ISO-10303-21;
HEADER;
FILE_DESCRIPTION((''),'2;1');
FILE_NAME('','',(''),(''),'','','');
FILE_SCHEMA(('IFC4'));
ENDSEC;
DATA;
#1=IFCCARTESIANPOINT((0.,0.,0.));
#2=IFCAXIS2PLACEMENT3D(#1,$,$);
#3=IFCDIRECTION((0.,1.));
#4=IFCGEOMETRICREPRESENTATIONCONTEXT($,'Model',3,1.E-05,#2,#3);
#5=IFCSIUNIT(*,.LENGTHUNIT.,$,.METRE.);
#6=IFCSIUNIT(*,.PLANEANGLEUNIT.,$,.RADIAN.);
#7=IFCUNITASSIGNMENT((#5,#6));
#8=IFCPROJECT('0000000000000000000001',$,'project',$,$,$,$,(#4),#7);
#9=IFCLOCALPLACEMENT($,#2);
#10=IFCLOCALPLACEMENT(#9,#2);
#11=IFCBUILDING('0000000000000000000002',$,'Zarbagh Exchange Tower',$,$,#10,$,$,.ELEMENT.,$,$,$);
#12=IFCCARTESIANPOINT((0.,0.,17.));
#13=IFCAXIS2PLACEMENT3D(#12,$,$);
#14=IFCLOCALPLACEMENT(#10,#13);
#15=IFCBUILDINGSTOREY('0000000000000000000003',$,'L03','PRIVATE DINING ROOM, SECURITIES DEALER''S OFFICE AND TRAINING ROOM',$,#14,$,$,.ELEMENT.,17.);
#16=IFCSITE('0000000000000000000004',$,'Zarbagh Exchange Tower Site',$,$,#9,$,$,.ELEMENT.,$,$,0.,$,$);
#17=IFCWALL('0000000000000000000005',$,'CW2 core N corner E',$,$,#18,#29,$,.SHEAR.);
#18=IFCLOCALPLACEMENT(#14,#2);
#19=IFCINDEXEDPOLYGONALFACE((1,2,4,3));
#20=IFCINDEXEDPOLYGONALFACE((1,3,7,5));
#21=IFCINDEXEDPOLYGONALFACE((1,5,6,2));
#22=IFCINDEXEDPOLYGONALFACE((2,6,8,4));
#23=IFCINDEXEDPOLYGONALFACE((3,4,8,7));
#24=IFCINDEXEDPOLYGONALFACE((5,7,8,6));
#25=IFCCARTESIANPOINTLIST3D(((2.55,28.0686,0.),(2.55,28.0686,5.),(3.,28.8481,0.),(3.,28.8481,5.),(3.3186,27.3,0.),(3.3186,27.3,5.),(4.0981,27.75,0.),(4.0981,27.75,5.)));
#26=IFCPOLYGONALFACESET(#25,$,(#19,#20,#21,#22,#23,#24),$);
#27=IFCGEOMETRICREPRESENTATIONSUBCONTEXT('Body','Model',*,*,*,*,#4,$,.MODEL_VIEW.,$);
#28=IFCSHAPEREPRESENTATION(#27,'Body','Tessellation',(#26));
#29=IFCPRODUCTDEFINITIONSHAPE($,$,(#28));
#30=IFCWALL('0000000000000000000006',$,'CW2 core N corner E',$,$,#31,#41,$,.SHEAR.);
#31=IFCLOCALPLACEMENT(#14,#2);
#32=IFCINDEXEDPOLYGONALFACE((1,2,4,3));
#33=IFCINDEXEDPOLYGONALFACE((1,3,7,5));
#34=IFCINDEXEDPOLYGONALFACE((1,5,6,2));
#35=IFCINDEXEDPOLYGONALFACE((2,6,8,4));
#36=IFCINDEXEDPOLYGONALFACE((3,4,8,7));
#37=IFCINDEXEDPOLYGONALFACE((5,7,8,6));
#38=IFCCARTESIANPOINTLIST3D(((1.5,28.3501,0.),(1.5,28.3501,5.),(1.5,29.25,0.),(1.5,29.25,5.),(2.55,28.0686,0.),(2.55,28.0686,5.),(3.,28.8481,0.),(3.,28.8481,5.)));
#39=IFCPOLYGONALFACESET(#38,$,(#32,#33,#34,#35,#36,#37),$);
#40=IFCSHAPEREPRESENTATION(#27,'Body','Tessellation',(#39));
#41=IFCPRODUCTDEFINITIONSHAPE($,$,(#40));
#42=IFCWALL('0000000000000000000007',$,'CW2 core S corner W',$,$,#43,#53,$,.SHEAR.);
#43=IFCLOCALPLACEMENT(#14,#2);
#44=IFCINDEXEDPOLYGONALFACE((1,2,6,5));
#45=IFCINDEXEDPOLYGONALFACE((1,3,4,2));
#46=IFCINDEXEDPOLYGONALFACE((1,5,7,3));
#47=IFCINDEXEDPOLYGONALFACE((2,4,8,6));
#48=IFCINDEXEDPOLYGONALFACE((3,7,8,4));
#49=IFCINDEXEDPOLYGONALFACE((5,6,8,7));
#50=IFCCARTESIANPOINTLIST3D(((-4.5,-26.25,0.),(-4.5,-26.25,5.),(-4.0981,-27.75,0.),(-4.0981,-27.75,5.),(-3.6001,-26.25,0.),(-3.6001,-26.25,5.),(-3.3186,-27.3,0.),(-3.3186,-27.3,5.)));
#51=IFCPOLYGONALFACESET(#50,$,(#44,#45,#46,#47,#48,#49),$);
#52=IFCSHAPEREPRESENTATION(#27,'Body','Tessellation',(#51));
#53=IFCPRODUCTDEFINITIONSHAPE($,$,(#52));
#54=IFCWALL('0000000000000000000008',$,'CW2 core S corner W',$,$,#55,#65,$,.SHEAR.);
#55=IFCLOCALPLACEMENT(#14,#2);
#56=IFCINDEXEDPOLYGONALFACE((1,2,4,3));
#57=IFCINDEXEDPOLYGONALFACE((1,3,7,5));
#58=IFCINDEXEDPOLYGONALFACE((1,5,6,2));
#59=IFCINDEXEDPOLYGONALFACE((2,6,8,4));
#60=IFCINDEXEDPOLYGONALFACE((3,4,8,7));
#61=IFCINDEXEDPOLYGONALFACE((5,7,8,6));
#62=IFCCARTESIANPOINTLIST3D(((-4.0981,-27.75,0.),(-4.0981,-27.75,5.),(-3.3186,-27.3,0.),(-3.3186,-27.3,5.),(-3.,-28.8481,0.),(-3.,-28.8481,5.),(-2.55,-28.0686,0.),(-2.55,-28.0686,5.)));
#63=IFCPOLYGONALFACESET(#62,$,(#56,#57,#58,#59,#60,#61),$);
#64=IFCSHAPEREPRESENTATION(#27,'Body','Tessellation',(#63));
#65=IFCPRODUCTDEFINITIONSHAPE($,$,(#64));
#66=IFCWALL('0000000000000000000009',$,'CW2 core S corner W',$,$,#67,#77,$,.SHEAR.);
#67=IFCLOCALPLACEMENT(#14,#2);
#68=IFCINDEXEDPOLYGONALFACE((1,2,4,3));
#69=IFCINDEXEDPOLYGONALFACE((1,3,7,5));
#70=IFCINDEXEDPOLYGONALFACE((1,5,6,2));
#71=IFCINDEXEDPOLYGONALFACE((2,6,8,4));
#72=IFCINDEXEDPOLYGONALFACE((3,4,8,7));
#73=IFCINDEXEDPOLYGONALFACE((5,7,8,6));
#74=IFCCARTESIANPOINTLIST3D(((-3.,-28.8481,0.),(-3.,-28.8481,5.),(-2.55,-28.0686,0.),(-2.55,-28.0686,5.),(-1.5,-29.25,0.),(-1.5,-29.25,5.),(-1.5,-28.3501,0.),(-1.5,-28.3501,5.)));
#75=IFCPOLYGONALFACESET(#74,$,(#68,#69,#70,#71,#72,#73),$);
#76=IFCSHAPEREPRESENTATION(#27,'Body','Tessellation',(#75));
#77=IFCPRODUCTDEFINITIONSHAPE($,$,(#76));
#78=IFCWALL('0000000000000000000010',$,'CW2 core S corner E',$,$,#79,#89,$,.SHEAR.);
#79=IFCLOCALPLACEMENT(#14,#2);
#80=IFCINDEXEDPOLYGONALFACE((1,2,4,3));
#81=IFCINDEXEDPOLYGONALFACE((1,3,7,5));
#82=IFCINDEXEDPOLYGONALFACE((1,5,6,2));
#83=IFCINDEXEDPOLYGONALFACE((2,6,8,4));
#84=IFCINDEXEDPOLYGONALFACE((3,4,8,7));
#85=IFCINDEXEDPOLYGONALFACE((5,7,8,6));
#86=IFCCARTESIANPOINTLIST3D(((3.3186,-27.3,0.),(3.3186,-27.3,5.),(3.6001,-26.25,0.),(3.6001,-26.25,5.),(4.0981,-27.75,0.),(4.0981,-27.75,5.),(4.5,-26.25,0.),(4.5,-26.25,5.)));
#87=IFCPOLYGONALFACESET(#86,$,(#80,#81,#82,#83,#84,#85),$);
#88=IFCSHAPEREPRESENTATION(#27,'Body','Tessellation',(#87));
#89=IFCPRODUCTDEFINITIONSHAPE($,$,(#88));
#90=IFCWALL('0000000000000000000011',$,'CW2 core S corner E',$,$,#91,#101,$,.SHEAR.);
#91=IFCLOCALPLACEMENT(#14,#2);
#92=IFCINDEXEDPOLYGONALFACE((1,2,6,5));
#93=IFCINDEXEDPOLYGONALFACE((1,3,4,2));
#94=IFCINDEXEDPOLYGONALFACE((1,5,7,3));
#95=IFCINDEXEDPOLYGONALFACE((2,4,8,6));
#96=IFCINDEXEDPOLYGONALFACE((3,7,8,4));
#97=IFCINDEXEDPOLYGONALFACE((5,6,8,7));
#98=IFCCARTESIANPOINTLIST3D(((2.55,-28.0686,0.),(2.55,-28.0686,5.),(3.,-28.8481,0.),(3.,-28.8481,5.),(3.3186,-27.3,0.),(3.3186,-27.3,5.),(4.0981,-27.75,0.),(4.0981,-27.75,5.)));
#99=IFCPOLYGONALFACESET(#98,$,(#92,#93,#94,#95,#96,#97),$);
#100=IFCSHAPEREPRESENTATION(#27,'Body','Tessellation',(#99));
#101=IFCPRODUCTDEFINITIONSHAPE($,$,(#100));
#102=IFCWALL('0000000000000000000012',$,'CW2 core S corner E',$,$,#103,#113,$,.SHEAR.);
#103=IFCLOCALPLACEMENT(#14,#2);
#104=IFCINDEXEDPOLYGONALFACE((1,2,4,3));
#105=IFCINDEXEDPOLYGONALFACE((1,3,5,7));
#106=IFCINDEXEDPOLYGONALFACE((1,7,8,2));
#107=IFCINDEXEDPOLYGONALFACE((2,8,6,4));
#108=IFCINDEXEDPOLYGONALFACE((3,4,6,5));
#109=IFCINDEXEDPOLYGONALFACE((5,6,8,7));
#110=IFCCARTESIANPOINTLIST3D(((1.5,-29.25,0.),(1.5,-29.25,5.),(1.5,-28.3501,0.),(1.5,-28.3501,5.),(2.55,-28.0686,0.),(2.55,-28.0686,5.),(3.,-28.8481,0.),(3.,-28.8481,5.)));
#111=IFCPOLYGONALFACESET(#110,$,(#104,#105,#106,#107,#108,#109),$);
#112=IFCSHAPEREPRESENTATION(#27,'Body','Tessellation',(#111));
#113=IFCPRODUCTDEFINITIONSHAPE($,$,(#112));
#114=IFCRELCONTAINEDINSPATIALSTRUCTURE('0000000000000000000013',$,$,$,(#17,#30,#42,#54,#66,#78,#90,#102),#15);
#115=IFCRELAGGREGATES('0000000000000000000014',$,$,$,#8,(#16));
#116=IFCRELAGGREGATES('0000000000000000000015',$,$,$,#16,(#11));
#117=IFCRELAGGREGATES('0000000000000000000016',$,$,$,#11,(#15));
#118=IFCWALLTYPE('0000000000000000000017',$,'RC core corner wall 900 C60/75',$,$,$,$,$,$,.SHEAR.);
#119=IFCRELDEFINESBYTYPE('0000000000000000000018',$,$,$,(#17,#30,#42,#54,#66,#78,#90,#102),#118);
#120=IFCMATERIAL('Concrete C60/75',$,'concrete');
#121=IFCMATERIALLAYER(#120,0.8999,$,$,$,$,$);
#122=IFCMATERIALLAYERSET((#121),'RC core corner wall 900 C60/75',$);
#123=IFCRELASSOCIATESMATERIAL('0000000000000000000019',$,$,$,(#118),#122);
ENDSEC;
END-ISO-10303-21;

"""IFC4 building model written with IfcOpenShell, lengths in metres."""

from ifc_helpers import new_model, si_unit, direction, frame, origin, place, context, subcontext, project, spatial, polyline, outline, extrude, material, layer, layer_set, type_object, element, save


model = new_model("IFC4")

# Units and contexts
model_context = context("Model", 3, precision=1e-05, world=origin(), true_north=direction((0.0, 1.0)))
body_context = subcontext(model_context, "Body", "Model", "MODEL_VIEW")
ifc_project = project(units=[si_unit("LENGTHUNIT", "METRE"), si_unit("PLANEANGLEUNIT", "RADIAN")], contexts=[model_context])

# Site, building, storey
site_placement = place(None, origin())
site = spatial("IfcSite", under=ifc_project, at=site_placement, Name="Zarbagh Exchange Tower Site", CompositionType="ELEMENT", RefElevation=0.0)
building_placement = place(site_placement, origin())
building = spatial("IfcBuilding", under=site, at=building_placement, Name="Zarbagh Exchange Tower", CompositionType="ELEMENT")
storey_placement = place(building_placement, frame((0.0, 0.0, 17.0)))
storey = spatial("IfcBuildingStorey", under=building, at=storey_placement, Name="L03", Description="PRIVATE DINING ROOM, SECURITIES DEALER'S OFFICE AND TRAINING ROOM", CompositionType="ELEMENT", Elevation=17.0)

# Shared definitions
ifc_material_1 = material(Name="Concrete C60/75", Category="concrete")

# Walls
ifc_layer_1 = layer(ifc_material_1, 0.8999)
ifc_layer_set_1 = layer_set([ifc_layer_1], Name="RC core corner wall 900 C60/75")
wall_type_1 = type_object("IfcWallType", Name="RC core corner wall 900 C60/75", PredefinedType="SHEAR", material=ifc_layer_set_1)
wall_1_placement = place(storey_placement, origin())
element("IfcWall", 1, at=wall_1_placement, inside=storey, type_object=wall_type_1, Name="CW2 core N corner E", PredefinedType="SHEAR", context=body_context, shape_type="SweptSolid", body=[
    extrude(outline(polyline([(4.0981, 27.75), (3.0, 28.8481), (2.55, 28.0686), (3.3186, 27.3), (4.0981, 27.75)])), origin(), (0.0, 0.0, 1.0), 5.0),
])
wall_2_placement = place(storey_placement, origin())
element("IfcWall", 2, at=wall_2_placement, inside=storey, type_object=wall_type_1, Name="CW2 core N corner E", PredefinedType="SHEAR", context=body_context, shape_type="SweptSolid", body=[
    extrude(outline(polyline([(3.0, 28.8481), (1.5, 29.25), (1.5, 28.3501), (2.55, 28.0686), (3.0, 28.8481)])), origin(), (0.0, 0.0, 1.0), 5.0),
])
wall_3_placement = place(storey_placement, origin())
element("IfcWall", 3, at=wall_3_placement, inside=storey, type_object=wall_type_1, Name="CW2 core S corner W", PredefinedType="SHEAR", context=body_context, shape_type="SweptSolid", body=[
    extrude(outline(polyline([(-4.5, -26.25), (-4.0981, -27.75), (-3.3186, -27.3), (-3.6001, -26.25), (-4.5, -26.25)])), origin(), (0.0, 0.0, 1.0), 5.0),
])
wall_4_placement = place(storey_placement, origin())
element("IfcWall", 4, at=wall_4_placement, inside=storey, type_object=wall_type_1, Name="CW2 core S corner W", PredefinedType="SHEAR", context=body_context, shape_type="SweptSolid", body=[
    extrude(outline(polyline([(-4.0981, -27.75), (-3.0, -28.8481), (-2.55, -28.0686), (-3.3186, -27.3), (-4.0981, -27.75)])), origin(), (0.0, 0.0, 1.0), 5.0),
])
wall_5_placement = place(storey_placement, origin())
element("IfcWall", 5, at=wall_5_placement, inside=storey, type_object=wall_type_1, Name="CW2 core S corner W", PredefinedType="SHEAR", context=body_context, shape_type="SweptSolid", body=[
    extrude(outline(polyline([(-3.0, -28.8481), (-1.5, -29.25), (-1.5, -28.3501), (-2.55, -28.0686), (-3.0, -28.8481)])), origin(), (0.0, 0.0, 1.0), 5.0),
])
wall_6_placement = place(storey_placement, origin())
element("IfcWall", 6, at=wall_6_placement, inside=storey, type_object=wall_type_1, Name="CW2 core S corner E", PredefinedType="SHEAR", context=body_context, shape_type="SweptSolid", body=[
    extrude(outline(polyline([(4.5, -26.25), (4.0981, -27.75), (3.3186, -27.3), (3.6001, -26.25), (4.5, -26.25)])), origin(), (0.0, 0.0, 1.0), 5.0),
])
wall_7_placement = place(storey_placement, origin())
element("IfcWall", 7, at=wall_7_placement, inside=storey, type_object=wall_type_1, Name="CW2 core S corner E", PredefinedType="SHEAR", context=body_context, shape_type="SweptSolid", body=[
    extrude(outline(polyline([(4.0981, -27.75), (3.0, -28.8481), (2.55, -28.0686), (3.3186, -27.3), (4.0981, -27.75)])), origin(), (0.0, 0.0, 1.0), 5.0),
])
wall_8_placement = place(storey_placement, origin())
element("IfcWall", 8, at=wall_8_placement, inside=storey, type_object=wall_type_1, Name="CW2 core S corner E", PredefinedType="SHEAR", context=body_context, shape_type="SweptSolid", body=[
    extrude(outline(polyline([(3.0, -28.8481), (1.5, -29.25), (1.5, -28.3501), (2.55, -28.0686), (3.0, -28.8481)])), origin(), (0.0, 0.0, 1.0), 5.0),
])

save(model, "model.ifc")
